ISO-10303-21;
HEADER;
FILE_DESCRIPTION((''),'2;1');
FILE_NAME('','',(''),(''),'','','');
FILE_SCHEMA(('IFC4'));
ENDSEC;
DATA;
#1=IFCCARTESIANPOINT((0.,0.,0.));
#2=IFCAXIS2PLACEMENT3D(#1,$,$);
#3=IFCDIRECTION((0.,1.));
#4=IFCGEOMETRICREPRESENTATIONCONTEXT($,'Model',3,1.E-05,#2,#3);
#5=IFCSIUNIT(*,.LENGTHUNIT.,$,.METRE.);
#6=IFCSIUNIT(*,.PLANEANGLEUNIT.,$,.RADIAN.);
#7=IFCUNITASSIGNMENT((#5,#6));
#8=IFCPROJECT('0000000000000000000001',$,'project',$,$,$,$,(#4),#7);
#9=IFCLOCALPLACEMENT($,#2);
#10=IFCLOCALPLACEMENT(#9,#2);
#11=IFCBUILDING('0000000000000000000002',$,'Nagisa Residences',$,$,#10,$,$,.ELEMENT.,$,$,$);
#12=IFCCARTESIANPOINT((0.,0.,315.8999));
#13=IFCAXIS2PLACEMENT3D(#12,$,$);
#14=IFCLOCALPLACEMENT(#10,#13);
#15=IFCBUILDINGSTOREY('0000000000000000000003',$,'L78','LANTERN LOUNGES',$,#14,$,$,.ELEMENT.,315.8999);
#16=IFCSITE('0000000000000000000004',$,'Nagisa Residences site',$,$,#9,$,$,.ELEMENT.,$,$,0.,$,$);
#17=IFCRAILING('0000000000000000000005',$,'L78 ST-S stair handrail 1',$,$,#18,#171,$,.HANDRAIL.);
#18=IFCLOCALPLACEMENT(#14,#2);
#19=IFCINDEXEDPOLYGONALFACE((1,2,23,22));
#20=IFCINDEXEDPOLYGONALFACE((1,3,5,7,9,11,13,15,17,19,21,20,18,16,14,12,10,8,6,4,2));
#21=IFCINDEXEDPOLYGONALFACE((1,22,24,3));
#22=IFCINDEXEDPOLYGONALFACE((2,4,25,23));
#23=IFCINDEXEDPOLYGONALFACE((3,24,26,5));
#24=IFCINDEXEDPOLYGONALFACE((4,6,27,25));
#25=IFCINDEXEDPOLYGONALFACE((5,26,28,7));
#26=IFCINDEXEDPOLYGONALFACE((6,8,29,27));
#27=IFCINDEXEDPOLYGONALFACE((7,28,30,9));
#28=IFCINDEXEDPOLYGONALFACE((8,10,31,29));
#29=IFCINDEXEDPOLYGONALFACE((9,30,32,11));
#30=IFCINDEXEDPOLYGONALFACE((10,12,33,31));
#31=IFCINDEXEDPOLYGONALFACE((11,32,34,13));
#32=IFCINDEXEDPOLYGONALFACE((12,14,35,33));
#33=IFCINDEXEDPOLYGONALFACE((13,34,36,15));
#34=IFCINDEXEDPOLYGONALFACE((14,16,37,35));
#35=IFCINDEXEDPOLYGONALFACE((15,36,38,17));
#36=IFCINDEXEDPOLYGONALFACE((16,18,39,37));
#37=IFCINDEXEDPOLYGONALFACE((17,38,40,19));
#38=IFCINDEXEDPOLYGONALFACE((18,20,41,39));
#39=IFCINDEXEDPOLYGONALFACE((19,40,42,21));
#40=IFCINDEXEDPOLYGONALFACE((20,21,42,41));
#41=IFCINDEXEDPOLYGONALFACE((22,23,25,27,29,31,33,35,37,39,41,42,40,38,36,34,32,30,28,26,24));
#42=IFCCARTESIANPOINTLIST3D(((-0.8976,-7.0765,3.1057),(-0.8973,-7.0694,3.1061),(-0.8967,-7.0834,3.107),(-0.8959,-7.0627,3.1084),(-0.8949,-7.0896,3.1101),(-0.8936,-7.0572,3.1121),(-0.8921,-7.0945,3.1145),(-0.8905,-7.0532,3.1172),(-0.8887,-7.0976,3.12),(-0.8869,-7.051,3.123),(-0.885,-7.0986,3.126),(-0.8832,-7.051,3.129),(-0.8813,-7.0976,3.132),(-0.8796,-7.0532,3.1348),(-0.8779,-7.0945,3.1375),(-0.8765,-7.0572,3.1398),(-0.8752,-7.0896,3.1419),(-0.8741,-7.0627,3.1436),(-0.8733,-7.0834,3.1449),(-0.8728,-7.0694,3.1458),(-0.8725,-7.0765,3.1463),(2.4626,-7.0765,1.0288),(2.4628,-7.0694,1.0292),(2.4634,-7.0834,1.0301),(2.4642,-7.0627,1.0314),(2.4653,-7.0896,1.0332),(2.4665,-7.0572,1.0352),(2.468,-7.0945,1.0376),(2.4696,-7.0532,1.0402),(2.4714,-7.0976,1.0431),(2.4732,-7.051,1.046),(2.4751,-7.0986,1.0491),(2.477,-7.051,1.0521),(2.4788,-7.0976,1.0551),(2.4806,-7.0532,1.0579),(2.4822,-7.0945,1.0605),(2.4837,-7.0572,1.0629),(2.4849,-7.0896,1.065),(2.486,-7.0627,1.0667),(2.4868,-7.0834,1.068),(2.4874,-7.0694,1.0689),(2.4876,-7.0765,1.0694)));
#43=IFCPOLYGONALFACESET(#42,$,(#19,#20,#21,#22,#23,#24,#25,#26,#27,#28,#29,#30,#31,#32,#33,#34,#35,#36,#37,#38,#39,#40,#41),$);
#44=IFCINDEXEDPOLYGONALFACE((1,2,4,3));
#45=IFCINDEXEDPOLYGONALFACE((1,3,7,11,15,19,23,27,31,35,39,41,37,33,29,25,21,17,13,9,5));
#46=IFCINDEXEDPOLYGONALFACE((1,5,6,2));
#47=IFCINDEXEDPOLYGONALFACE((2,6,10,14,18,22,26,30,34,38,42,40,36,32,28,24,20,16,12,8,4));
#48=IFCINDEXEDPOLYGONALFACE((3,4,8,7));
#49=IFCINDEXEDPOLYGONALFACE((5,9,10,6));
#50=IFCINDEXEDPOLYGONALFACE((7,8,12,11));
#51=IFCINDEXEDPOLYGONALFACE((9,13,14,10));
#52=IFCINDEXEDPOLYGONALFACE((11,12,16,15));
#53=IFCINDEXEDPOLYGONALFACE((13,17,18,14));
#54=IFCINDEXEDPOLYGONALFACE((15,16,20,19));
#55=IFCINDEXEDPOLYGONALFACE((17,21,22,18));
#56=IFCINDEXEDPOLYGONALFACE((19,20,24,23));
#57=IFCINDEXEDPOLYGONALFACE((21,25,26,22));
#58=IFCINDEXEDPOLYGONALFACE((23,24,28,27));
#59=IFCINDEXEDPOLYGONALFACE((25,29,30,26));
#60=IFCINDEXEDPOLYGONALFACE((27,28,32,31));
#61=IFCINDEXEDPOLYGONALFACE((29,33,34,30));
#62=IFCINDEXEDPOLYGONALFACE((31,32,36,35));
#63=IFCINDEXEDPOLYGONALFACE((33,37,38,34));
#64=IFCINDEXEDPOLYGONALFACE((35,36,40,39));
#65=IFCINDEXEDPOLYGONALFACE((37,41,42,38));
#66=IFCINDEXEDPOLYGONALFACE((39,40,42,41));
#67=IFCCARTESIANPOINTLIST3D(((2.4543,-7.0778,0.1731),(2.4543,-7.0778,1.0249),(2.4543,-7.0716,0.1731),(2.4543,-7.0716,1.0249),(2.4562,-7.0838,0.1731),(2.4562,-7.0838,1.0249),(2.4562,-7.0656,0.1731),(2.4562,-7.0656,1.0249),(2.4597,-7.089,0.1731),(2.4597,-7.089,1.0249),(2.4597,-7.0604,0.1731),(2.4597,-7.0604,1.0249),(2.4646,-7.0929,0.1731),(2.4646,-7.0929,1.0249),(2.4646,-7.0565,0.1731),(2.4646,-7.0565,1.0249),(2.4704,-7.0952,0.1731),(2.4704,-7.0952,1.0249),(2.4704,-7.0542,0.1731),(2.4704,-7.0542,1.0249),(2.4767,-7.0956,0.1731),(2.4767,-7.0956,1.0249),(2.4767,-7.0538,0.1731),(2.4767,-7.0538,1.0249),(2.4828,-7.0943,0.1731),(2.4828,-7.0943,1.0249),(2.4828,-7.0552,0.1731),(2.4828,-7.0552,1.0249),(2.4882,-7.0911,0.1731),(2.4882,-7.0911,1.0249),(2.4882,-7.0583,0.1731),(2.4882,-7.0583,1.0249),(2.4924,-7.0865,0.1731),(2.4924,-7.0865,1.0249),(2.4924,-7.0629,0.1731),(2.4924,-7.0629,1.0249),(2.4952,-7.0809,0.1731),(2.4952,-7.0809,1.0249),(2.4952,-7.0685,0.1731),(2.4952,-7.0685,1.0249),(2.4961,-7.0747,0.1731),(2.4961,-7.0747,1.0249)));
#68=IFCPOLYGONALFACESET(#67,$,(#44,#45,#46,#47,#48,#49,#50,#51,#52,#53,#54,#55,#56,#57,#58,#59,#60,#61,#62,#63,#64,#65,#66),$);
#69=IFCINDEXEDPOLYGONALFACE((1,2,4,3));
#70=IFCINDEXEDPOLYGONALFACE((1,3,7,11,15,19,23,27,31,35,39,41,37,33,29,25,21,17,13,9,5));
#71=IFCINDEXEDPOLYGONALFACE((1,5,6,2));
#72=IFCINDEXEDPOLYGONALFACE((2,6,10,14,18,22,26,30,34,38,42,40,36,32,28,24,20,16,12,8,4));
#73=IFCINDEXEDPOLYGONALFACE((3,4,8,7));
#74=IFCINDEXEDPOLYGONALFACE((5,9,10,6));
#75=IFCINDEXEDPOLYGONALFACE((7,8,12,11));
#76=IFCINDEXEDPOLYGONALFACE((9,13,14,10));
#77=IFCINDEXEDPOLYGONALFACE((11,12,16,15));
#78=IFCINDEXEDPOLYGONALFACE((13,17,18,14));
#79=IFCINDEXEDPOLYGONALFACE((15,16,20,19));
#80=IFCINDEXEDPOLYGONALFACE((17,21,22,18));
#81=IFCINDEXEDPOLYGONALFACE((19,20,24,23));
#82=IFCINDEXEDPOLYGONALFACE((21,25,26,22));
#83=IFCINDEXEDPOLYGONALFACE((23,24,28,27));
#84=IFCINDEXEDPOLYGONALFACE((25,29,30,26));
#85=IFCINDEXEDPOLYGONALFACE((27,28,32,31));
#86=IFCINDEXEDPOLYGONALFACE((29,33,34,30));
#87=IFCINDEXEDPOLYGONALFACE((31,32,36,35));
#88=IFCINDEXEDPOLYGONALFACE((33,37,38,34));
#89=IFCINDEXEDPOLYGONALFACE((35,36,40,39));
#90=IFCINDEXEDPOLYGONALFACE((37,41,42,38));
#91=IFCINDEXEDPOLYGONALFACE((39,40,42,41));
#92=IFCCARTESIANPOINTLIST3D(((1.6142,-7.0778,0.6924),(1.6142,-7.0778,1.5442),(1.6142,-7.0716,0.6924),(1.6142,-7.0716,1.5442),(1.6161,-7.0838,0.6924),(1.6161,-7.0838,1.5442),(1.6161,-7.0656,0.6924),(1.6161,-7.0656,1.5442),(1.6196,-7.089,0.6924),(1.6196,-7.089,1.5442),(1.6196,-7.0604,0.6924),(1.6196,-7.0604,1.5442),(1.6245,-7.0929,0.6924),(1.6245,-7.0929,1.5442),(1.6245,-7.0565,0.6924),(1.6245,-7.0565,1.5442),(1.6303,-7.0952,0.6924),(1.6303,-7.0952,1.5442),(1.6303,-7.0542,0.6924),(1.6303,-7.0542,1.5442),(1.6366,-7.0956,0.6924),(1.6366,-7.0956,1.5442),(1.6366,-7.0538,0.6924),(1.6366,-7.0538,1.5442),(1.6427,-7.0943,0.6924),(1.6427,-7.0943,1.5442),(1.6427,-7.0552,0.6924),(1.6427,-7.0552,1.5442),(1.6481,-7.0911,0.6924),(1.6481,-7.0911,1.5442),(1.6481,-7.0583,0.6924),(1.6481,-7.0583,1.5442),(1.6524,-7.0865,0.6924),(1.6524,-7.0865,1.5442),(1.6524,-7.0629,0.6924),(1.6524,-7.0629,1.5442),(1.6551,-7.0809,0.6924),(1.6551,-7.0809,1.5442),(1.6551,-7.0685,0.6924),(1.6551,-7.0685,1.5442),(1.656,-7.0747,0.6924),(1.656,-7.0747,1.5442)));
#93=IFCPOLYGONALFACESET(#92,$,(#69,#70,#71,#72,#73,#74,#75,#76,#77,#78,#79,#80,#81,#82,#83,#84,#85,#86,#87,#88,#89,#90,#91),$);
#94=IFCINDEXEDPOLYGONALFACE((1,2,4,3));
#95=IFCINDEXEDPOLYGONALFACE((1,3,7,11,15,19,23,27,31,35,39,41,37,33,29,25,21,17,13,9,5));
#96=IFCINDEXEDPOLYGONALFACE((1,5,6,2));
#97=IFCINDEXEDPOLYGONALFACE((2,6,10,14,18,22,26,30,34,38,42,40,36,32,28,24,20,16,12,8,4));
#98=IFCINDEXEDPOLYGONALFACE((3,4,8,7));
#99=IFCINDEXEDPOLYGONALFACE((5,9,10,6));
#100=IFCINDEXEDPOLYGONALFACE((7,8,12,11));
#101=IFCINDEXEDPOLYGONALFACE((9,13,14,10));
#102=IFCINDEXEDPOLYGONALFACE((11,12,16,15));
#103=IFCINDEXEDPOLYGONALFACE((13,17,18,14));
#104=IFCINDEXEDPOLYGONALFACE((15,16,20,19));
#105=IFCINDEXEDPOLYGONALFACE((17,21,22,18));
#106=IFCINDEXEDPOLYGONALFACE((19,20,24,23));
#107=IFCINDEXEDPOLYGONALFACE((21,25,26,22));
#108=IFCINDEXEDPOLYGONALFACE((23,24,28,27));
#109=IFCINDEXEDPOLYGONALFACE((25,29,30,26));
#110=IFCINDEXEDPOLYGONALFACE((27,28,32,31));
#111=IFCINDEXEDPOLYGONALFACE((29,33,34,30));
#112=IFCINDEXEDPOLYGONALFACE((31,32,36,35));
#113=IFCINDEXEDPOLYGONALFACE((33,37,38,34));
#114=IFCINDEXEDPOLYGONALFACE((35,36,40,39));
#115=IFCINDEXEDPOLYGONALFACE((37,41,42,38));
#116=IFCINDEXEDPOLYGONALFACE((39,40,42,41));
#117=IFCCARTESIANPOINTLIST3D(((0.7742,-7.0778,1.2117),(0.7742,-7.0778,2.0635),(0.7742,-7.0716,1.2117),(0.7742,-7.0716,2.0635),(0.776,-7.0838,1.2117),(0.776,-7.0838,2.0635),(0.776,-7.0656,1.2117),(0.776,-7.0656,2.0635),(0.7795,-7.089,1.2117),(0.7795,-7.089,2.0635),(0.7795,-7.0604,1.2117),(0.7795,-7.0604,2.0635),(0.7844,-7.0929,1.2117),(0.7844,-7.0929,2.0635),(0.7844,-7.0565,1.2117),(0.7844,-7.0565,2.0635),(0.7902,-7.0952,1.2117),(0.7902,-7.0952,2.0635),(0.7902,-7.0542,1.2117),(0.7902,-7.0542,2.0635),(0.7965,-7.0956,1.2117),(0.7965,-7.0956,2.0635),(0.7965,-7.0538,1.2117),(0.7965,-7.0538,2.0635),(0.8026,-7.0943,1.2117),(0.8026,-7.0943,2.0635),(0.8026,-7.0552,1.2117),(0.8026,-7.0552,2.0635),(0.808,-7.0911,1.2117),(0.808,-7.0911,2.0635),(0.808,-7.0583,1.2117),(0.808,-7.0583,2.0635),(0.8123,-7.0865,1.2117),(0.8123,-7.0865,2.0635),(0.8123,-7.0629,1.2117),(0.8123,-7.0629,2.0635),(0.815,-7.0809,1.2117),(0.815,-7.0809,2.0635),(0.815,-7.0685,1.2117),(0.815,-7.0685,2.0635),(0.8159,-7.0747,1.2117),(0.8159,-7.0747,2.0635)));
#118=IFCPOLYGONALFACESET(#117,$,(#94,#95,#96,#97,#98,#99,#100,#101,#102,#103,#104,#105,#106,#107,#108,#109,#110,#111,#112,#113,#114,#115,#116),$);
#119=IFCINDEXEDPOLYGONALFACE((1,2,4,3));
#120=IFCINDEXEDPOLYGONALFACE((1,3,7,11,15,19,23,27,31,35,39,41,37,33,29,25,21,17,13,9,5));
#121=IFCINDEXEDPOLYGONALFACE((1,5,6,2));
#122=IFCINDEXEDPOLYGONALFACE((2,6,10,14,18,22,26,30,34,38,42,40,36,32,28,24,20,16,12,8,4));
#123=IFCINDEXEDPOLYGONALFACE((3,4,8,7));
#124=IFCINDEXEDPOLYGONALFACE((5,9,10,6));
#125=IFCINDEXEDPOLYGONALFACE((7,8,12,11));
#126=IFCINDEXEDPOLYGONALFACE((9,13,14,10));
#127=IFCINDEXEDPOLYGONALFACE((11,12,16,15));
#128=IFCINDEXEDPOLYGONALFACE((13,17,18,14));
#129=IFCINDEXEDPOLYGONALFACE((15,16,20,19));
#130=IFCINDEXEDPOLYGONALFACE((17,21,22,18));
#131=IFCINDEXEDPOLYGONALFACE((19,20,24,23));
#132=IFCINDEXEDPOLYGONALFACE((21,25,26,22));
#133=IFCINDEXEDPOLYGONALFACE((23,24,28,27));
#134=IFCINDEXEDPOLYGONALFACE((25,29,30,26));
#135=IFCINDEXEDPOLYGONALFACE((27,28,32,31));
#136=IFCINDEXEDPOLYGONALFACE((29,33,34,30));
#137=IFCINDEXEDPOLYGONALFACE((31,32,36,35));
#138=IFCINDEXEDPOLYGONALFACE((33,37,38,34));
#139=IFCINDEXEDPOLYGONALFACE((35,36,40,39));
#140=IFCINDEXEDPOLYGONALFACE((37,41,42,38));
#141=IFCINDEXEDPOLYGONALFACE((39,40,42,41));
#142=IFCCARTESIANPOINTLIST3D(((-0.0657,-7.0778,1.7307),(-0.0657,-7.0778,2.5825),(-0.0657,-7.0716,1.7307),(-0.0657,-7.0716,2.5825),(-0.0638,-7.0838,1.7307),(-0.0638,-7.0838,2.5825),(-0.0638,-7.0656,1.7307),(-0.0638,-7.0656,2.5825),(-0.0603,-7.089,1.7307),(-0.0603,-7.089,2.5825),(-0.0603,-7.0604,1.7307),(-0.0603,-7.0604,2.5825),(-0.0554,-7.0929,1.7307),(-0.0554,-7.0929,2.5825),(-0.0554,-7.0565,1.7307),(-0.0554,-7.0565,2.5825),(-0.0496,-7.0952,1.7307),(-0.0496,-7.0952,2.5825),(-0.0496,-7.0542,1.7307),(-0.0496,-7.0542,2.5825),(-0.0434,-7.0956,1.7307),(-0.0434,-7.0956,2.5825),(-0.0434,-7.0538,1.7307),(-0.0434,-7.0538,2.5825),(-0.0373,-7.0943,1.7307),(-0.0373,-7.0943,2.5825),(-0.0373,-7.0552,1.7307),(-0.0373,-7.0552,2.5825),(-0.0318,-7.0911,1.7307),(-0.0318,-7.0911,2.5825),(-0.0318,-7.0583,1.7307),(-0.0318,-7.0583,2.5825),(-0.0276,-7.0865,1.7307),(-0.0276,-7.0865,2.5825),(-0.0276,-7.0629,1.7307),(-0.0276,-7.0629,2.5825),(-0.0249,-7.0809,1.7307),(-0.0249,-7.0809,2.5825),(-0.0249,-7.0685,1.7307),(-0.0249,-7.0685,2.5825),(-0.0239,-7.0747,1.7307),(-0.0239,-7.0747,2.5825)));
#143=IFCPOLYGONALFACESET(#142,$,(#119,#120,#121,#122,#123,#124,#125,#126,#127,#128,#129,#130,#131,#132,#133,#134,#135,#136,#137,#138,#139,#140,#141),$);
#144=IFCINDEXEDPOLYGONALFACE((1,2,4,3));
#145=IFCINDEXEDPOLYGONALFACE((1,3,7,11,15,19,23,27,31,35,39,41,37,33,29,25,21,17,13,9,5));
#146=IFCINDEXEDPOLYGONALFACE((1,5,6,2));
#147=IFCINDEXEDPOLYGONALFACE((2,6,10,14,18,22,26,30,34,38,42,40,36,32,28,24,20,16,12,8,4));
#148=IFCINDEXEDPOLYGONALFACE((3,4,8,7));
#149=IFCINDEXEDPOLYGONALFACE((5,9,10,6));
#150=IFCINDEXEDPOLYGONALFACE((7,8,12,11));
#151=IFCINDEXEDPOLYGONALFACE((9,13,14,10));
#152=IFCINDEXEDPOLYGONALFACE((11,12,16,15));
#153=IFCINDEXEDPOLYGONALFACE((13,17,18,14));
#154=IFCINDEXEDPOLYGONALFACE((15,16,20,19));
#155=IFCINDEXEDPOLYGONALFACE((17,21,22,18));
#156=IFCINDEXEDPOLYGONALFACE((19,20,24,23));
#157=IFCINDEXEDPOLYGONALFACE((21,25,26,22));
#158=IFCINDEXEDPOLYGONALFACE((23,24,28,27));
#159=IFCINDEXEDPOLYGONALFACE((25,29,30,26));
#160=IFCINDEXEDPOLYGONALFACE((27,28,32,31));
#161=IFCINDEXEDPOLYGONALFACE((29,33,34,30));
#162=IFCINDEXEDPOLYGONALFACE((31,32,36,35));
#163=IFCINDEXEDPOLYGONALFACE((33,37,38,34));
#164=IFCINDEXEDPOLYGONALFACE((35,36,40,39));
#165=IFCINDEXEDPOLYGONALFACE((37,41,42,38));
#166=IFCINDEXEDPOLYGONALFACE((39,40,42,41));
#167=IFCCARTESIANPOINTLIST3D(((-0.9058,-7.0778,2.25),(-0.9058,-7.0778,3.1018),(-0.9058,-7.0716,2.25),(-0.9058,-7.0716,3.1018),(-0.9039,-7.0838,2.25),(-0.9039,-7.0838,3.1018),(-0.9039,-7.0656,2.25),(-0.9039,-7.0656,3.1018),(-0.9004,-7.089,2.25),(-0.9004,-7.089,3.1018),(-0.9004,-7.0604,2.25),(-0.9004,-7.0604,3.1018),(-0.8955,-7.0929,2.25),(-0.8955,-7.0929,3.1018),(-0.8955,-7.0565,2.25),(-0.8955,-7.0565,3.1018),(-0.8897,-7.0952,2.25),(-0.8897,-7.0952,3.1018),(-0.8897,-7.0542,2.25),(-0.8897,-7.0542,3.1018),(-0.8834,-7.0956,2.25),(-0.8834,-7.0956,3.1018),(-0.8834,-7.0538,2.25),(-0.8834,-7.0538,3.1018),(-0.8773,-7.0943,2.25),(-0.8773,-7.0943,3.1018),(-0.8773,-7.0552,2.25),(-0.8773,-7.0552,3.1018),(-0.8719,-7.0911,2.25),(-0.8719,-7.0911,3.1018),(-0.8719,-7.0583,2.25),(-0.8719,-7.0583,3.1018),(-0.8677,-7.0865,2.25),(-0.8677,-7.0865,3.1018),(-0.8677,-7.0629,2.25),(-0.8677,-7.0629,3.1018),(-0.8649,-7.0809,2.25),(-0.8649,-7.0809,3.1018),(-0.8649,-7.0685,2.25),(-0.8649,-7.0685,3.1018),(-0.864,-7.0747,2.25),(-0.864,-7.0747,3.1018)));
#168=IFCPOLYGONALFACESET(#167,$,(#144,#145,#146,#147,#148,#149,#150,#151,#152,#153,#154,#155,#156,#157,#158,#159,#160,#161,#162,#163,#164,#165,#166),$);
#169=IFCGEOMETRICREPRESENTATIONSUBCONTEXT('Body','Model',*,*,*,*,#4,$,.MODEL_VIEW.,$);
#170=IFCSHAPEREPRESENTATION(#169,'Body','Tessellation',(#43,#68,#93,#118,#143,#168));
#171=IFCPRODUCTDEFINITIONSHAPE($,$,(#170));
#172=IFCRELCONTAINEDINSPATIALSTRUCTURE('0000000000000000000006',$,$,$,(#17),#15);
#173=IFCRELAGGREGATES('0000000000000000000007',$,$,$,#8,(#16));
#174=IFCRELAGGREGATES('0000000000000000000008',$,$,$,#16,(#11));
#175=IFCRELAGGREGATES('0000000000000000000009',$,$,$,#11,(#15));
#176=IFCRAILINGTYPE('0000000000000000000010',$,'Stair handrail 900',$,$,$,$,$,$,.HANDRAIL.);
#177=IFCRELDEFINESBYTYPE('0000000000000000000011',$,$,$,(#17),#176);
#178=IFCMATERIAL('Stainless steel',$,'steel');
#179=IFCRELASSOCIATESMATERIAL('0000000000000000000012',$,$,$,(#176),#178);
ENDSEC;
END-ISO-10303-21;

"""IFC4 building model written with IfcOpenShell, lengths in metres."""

from ifc_helpers import new_model, si_unit, direction, frame, origin, origin_2d, place, context, subcontext, project, spatial, circle, extrude, material, type_object, element, save


model = new_model("IFC4")

# Units and contexts
model_context = context("Model", 3, precision=1e-05, world=origin(), true_north=direction((0.0, 1.0)))
body_context = subcontext(model_context, "Body", "Model", "MODEL_VIEW")
ifc_project = project(units=[si_unit("LENGTHUNIT", "METRE"), si_unit("PLANEANGLEUNIT", "RADIAN")], contexts=[model_context])

# Site, building, storey
site_placement = place(None, origin())
site = spatial("IfcSite", under=ifc_project, at=site_placement, Name="Nagisa Residences site", CompositionType="ELEMENT", RefElevation=0.0)
building_placement = place(site_placement, origin())
building = spatial("IfcBuilding", under=site, at=building_placement, Name="Nagisa Residences", CompositionType="ELEMENT")
storey_placement = place(building_placement, frame((0.0, 0.0, 315.8999)))
storey = spatial("IfcBuildingStorey", under=building, at=storey_placement, Name="L78", Description="LANTERN LOUNGES", CompositionType="ELEMENT", Elevation=315.8999)

# Railing
ifc_material_1 = material(Name="Stainless steel", Category="steel")
railing_type_1 = type_object("IfcRailingType", Name="Stair handrail 900", PredefinedType="HANDRAIL", material=ifc_material_1)
railing_1_placement = place(storey_placement, frame((2.4751, -7.0747, 0.1731)))
element("IfcRailing", 1, at=railing_1_placement, inside=storey, type_object=railing_type_1, Name="L78 ST-S stair handrail 1", PredefinedType="HANDRAIL", context=body_context, shape_type="SweptSolid", body=[
    extrude(circle(Radius=0.0239, at=origin_2d()), frame((0.0, 0.0, 0.876), z_axis=(-0.850623, 0.0, 0.525776), x_axis=(0.0, -1.0, 0.0)), (0.0, 0.0, 1.0), 3.9502),
    extrude(circle(Radius=0.021, at=origin_2d()), origin(), (0.0, 0.0, 1.0), 0.8518),
    extrude(circle(Radius=0.021, at=origin_2d()), frame((-0.8401, 0.0, 0.5193)), (0.0, 0.0, 1.0), 0.8518),
    extrude(circle(Radius=0.021, at=origin_2d()), frame((-1.6802, 0.0, 1.0386)), (0.0, 0.0, 1.0), 0.8518),
    extrude(circle(Radius=0.021, at=origin_2d()), frame((-2.52, 0.0, 1.5576)), (0.0, 0.0, 1.0), 0.8518),
    extrude(circle(Radius=0.021, at=origin_2d()), frame((-3.3601, 0.0, 2.0769)), (0.0, 0.0, 1.0), 0.8518),
])

save(model, "model.ifc")
